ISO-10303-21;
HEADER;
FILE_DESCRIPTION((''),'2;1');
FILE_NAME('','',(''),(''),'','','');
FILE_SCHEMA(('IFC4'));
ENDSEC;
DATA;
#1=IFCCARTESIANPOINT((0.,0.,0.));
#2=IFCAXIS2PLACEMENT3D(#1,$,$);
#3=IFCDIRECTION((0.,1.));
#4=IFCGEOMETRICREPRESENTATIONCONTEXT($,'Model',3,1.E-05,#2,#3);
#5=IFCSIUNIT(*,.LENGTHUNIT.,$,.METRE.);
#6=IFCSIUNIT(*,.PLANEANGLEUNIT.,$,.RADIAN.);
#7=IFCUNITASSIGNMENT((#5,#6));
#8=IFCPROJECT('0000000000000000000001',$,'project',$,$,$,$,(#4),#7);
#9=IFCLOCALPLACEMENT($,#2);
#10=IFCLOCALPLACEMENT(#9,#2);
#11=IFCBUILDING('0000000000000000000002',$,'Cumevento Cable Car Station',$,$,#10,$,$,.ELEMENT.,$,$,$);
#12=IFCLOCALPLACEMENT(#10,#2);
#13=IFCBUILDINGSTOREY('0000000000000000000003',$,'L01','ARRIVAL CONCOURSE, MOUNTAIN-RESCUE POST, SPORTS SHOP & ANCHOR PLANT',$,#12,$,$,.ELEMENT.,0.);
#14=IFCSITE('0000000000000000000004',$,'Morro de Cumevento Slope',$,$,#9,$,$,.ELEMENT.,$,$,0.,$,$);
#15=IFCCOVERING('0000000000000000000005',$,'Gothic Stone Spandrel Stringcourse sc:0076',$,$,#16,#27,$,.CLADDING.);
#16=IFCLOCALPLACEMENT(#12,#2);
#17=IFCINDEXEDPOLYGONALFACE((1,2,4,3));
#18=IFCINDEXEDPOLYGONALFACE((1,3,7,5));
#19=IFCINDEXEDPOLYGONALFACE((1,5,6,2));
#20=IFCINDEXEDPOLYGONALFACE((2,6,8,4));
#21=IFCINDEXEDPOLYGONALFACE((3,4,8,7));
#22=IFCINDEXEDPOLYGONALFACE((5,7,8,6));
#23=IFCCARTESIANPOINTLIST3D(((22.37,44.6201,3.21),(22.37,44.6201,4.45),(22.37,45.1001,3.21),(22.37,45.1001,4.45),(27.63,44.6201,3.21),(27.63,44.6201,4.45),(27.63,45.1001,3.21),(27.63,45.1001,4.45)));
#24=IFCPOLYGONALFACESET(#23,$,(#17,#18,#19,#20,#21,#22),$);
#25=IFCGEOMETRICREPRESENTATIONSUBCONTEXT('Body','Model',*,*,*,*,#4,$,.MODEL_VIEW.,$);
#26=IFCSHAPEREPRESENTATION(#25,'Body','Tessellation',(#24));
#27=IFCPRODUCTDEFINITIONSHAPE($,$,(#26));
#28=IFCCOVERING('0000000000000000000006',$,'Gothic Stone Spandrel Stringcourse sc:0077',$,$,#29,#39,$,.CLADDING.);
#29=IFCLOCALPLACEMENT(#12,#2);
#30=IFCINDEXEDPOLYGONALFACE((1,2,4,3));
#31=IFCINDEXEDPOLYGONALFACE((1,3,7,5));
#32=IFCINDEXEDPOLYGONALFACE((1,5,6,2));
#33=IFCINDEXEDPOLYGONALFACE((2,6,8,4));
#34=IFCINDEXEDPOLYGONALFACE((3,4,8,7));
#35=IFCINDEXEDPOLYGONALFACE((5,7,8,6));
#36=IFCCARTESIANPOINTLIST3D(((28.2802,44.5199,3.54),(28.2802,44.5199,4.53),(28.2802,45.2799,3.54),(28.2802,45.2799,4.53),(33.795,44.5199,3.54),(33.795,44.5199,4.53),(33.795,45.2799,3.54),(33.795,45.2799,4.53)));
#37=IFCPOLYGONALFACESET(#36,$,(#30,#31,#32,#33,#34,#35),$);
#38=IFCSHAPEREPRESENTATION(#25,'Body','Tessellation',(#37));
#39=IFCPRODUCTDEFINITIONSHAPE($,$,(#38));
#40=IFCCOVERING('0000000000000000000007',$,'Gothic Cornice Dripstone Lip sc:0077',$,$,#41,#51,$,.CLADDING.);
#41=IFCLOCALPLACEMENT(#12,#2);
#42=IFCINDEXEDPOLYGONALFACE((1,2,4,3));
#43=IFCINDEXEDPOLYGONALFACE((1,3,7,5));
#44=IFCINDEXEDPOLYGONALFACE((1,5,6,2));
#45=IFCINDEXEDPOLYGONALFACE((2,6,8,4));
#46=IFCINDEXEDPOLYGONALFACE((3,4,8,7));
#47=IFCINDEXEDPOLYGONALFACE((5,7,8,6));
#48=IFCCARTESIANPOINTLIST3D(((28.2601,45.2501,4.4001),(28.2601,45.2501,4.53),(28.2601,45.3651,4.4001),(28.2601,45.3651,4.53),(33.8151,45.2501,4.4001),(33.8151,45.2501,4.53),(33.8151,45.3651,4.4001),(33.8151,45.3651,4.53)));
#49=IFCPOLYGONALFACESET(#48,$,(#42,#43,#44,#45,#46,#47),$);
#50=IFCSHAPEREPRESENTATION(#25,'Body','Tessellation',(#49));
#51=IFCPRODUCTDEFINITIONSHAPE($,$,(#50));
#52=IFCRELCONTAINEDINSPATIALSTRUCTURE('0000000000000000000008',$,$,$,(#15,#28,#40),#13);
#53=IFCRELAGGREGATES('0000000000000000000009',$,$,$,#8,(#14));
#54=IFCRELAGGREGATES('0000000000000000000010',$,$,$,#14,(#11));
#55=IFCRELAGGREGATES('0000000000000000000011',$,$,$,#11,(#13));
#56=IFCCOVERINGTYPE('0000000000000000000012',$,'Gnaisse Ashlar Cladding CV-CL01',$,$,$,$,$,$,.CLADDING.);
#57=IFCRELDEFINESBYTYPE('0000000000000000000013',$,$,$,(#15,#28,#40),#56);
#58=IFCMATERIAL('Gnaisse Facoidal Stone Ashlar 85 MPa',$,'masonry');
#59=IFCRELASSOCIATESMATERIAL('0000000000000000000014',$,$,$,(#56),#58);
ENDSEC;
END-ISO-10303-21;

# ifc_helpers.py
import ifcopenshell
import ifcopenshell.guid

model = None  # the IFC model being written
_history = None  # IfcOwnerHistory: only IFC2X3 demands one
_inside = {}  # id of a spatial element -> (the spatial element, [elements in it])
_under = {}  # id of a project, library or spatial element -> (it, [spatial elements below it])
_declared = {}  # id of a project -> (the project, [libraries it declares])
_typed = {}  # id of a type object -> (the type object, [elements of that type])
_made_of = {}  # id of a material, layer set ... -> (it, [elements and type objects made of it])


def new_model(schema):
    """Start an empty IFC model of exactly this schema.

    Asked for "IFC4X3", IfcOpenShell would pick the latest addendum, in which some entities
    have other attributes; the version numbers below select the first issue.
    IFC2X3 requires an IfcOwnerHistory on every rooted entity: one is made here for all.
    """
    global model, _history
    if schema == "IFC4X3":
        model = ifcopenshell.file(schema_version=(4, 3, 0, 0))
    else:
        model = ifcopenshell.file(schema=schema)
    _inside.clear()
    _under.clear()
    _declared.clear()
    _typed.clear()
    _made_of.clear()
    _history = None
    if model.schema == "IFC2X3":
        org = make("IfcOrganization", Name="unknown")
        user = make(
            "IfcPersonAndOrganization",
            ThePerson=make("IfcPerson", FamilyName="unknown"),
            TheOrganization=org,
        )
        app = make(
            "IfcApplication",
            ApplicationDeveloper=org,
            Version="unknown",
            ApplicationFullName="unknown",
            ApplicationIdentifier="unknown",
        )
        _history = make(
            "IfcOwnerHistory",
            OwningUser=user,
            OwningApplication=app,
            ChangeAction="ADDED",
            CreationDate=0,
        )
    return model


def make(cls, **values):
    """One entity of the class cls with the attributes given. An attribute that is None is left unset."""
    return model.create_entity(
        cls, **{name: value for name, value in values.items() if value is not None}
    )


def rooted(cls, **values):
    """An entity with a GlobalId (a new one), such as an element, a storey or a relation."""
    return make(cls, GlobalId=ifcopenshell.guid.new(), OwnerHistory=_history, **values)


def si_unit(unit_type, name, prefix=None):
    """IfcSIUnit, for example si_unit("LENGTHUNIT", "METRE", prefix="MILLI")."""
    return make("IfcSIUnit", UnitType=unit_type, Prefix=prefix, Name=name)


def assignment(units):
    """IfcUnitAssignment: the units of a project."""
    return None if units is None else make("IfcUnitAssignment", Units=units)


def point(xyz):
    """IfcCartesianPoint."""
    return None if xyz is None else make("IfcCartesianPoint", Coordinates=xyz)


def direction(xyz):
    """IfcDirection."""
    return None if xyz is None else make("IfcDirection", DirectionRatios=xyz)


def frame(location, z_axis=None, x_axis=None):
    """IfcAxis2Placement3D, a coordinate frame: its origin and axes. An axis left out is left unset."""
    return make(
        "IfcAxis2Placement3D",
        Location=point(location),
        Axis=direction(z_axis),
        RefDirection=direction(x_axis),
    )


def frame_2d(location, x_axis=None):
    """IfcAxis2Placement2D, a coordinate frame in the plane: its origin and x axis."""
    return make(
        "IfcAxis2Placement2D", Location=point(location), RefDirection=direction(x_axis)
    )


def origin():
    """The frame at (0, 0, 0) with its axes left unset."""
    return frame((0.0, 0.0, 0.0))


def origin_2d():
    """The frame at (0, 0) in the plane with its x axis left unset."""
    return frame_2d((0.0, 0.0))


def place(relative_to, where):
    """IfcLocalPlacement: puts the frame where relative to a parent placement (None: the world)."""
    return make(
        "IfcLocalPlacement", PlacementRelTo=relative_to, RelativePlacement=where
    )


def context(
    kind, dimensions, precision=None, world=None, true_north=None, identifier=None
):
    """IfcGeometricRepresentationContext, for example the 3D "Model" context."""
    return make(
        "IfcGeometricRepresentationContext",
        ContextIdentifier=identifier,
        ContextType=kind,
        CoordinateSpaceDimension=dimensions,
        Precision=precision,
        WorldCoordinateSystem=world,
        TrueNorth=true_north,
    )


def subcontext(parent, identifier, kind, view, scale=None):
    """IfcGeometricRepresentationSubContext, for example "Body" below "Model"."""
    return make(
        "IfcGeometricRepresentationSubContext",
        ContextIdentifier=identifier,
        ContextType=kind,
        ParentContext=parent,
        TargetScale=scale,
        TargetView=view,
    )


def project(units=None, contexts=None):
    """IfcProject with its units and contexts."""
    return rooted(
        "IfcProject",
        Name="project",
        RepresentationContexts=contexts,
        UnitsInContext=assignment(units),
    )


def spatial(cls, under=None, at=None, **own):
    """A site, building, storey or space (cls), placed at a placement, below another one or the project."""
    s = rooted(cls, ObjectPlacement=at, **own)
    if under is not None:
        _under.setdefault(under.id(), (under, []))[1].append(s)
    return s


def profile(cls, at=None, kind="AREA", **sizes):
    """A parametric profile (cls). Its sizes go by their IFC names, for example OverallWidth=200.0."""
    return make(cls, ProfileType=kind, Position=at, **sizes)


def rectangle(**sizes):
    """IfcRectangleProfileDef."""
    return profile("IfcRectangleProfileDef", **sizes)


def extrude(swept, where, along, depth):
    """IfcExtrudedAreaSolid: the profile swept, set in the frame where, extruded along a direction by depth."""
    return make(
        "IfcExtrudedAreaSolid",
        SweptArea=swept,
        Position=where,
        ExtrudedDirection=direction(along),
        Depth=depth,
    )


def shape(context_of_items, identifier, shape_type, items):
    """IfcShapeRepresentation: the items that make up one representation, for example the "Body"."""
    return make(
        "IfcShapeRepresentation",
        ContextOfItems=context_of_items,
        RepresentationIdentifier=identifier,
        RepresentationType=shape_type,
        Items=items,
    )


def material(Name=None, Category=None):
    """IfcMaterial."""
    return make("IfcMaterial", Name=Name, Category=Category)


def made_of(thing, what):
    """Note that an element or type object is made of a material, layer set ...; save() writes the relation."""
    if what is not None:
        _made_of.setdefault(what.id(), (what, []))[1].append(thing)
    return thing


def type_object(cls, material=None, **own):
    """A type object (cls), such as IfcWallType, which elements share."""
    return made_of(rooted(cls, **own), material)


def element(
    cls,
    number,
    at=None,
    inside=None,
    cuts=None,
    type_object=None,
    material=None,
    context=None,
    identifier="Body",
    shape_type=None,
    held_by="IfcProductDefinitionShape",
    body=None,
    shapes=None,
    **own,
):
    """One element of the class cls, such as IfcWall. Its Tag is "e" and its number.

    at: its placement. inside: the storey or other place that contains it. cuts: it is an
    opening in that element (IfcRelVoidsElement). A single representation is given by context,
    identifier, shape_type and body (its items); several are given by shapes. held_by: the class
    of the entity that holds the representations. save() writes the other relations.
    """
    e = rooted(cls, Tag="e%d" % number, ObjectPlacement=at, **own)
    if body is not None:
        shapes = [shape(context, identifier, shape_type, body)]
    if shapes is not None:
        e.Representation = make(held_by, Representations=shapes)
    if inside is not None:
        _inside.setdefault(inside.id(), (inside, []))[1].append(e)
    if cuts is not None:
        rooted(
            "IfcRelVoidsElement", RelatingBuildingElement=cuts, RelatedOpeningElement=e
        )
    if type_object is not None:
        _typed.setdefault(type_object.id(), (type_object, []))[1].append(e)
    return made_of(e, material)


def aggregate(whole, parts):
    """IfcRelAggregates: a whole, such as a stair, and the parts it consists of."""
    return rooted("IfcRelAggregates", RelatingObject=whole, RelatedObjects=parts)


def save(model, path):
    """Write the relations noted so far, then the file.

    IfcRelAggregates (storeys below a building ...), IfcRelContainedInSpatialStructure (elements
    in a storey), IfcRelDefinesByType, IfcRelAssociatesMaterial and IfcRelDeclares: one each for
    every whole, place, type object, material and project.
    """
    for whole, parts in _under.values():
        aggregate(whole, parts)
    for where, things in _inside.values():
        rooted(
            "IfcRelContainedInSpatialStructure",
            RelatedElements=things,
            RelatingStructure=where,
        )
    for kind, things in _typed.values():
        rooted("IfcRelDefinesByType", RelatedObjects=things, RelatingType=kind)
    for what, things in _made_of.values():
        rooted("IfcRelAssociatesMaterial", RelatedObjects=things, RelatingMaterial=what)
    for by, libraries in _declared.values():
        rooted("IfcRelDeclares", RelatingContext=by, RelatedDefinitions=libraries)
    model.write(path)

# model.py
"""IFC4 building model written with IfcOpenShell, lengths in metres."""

from ifc_helpers import new_model, si_unit, direction, frame, origin, origin_2d, place, context, subcontext, project, spatial, rectangle, extrude, material, type_object, element, save


model = new_model("IFC4")

# Units and contexts
model_context = context("Model", 3, precision=1e-05, world=origin(), true_north=direction((0.0, 1.0)))
body_context = subcontext(model_context, "Body", "Model", "MODEL_VIEW")
ifc_project = project(units=[si_unit("LENGTHUNIT", "METRE"), si_unit("PLANEANGLEUNIT", "RADIAN")], contexts=[model_context])

# Site, building, storey
site_placement = place(None, origin())
site = spatial("IfcSite", under=ifc_project, at=site_placement, Name="Morro de Cumevento Slope", CompositionType="ELEMENT", RefElevation=0.0)
building_placement = place(site_placement, origin())
building = spatial("IfcBuilding", under=site, at=building_placement, Name="Cumevento Cable Car Station", CompositionType="ELEMENT")
storey_placement = place(building_placement, origin())
storey = spatial("IfcBuildingStorey", under=building, at=storey_placement, Name="L01", Description="ARRIVAL CONCOURSE, MOUNTAIN-RESCUE POST, SPORTS SHOP & ANCHOR PLANT", CompositionType="ELEMENT", Elevation=0.0)

# Coverings
ifc_material_1 = material(Name="Gnaisse Facoidal Stone Ashlar 85 MPa", Category="masonry")
covering_type = type_object("IfcCoveringType", Name="Gnaisse Ashlar Cladding CV-CL01", PredefinedType="CLADDING", material=ifc_material_1)
covering_1_placement = place(storey_placement, frame((25.0, 44.8601, 3.21), z_axis=(0.0, 0.0, 1.0), x_axis=(1.0, 0.0, 0.0)))
element("IfcCovering", 1, at=covering_1_placement, inside=storey, type_object=covering_type, Name="Gothic Stone Spandrel Stringcourse sc:0076", PredefinedType="CLADDING", context=body_context, shape_type="SweptSolid", body=[
    extrude(rectangle(XDim=5.26, YDim=0.48, at=origin_2d()), origin(), (0.0, 0.0, 1.0), 1.24),
])
covering_2_placement = place(storey_placement, frame((31.0376, 44.8999, 3.54), z_axis=(0.0, 0.0, 1.0), x_axis=(1.0, 0.0, 0.0)))
element("IfcCovering", 2, at=covering_2_placement, inside=storey, type_object=covering_type, Name="Gothic Stone Spandrel Stringcourse sc:0077", PredefinedType="CLADDING", context=body_context, shape_type="SweptSolid", body=[
    extrude(rectangle(XDim=5.5149, YDim=0.76, at=origin_2d()), origin(), (0.0, 0.0, 1.0), 0.99),
])
covering_3_placement = place(storey_placement, frame((31.0376, 45.3076, 4.4001), z_axis=(0.0, 0.0, 1.0), x_axis=(1.0, 0.0, 0.0)))
element("IfcCovering", 3, at=covering_3_placement, inside=storey, type_object=covering_type, Name="Gothic Cornice Dripstone Lip sc:0077", PredefinedType="CLADDING", context=body_context, shape_type="SweptSolid", body=[
    extrude(rectangle(XDim=5.5549, YDim=0.115, at=origin_2d()), origin(), (0.0, 0.0, 1.0), 0.1299),
])

save(model, "model.ifc")
